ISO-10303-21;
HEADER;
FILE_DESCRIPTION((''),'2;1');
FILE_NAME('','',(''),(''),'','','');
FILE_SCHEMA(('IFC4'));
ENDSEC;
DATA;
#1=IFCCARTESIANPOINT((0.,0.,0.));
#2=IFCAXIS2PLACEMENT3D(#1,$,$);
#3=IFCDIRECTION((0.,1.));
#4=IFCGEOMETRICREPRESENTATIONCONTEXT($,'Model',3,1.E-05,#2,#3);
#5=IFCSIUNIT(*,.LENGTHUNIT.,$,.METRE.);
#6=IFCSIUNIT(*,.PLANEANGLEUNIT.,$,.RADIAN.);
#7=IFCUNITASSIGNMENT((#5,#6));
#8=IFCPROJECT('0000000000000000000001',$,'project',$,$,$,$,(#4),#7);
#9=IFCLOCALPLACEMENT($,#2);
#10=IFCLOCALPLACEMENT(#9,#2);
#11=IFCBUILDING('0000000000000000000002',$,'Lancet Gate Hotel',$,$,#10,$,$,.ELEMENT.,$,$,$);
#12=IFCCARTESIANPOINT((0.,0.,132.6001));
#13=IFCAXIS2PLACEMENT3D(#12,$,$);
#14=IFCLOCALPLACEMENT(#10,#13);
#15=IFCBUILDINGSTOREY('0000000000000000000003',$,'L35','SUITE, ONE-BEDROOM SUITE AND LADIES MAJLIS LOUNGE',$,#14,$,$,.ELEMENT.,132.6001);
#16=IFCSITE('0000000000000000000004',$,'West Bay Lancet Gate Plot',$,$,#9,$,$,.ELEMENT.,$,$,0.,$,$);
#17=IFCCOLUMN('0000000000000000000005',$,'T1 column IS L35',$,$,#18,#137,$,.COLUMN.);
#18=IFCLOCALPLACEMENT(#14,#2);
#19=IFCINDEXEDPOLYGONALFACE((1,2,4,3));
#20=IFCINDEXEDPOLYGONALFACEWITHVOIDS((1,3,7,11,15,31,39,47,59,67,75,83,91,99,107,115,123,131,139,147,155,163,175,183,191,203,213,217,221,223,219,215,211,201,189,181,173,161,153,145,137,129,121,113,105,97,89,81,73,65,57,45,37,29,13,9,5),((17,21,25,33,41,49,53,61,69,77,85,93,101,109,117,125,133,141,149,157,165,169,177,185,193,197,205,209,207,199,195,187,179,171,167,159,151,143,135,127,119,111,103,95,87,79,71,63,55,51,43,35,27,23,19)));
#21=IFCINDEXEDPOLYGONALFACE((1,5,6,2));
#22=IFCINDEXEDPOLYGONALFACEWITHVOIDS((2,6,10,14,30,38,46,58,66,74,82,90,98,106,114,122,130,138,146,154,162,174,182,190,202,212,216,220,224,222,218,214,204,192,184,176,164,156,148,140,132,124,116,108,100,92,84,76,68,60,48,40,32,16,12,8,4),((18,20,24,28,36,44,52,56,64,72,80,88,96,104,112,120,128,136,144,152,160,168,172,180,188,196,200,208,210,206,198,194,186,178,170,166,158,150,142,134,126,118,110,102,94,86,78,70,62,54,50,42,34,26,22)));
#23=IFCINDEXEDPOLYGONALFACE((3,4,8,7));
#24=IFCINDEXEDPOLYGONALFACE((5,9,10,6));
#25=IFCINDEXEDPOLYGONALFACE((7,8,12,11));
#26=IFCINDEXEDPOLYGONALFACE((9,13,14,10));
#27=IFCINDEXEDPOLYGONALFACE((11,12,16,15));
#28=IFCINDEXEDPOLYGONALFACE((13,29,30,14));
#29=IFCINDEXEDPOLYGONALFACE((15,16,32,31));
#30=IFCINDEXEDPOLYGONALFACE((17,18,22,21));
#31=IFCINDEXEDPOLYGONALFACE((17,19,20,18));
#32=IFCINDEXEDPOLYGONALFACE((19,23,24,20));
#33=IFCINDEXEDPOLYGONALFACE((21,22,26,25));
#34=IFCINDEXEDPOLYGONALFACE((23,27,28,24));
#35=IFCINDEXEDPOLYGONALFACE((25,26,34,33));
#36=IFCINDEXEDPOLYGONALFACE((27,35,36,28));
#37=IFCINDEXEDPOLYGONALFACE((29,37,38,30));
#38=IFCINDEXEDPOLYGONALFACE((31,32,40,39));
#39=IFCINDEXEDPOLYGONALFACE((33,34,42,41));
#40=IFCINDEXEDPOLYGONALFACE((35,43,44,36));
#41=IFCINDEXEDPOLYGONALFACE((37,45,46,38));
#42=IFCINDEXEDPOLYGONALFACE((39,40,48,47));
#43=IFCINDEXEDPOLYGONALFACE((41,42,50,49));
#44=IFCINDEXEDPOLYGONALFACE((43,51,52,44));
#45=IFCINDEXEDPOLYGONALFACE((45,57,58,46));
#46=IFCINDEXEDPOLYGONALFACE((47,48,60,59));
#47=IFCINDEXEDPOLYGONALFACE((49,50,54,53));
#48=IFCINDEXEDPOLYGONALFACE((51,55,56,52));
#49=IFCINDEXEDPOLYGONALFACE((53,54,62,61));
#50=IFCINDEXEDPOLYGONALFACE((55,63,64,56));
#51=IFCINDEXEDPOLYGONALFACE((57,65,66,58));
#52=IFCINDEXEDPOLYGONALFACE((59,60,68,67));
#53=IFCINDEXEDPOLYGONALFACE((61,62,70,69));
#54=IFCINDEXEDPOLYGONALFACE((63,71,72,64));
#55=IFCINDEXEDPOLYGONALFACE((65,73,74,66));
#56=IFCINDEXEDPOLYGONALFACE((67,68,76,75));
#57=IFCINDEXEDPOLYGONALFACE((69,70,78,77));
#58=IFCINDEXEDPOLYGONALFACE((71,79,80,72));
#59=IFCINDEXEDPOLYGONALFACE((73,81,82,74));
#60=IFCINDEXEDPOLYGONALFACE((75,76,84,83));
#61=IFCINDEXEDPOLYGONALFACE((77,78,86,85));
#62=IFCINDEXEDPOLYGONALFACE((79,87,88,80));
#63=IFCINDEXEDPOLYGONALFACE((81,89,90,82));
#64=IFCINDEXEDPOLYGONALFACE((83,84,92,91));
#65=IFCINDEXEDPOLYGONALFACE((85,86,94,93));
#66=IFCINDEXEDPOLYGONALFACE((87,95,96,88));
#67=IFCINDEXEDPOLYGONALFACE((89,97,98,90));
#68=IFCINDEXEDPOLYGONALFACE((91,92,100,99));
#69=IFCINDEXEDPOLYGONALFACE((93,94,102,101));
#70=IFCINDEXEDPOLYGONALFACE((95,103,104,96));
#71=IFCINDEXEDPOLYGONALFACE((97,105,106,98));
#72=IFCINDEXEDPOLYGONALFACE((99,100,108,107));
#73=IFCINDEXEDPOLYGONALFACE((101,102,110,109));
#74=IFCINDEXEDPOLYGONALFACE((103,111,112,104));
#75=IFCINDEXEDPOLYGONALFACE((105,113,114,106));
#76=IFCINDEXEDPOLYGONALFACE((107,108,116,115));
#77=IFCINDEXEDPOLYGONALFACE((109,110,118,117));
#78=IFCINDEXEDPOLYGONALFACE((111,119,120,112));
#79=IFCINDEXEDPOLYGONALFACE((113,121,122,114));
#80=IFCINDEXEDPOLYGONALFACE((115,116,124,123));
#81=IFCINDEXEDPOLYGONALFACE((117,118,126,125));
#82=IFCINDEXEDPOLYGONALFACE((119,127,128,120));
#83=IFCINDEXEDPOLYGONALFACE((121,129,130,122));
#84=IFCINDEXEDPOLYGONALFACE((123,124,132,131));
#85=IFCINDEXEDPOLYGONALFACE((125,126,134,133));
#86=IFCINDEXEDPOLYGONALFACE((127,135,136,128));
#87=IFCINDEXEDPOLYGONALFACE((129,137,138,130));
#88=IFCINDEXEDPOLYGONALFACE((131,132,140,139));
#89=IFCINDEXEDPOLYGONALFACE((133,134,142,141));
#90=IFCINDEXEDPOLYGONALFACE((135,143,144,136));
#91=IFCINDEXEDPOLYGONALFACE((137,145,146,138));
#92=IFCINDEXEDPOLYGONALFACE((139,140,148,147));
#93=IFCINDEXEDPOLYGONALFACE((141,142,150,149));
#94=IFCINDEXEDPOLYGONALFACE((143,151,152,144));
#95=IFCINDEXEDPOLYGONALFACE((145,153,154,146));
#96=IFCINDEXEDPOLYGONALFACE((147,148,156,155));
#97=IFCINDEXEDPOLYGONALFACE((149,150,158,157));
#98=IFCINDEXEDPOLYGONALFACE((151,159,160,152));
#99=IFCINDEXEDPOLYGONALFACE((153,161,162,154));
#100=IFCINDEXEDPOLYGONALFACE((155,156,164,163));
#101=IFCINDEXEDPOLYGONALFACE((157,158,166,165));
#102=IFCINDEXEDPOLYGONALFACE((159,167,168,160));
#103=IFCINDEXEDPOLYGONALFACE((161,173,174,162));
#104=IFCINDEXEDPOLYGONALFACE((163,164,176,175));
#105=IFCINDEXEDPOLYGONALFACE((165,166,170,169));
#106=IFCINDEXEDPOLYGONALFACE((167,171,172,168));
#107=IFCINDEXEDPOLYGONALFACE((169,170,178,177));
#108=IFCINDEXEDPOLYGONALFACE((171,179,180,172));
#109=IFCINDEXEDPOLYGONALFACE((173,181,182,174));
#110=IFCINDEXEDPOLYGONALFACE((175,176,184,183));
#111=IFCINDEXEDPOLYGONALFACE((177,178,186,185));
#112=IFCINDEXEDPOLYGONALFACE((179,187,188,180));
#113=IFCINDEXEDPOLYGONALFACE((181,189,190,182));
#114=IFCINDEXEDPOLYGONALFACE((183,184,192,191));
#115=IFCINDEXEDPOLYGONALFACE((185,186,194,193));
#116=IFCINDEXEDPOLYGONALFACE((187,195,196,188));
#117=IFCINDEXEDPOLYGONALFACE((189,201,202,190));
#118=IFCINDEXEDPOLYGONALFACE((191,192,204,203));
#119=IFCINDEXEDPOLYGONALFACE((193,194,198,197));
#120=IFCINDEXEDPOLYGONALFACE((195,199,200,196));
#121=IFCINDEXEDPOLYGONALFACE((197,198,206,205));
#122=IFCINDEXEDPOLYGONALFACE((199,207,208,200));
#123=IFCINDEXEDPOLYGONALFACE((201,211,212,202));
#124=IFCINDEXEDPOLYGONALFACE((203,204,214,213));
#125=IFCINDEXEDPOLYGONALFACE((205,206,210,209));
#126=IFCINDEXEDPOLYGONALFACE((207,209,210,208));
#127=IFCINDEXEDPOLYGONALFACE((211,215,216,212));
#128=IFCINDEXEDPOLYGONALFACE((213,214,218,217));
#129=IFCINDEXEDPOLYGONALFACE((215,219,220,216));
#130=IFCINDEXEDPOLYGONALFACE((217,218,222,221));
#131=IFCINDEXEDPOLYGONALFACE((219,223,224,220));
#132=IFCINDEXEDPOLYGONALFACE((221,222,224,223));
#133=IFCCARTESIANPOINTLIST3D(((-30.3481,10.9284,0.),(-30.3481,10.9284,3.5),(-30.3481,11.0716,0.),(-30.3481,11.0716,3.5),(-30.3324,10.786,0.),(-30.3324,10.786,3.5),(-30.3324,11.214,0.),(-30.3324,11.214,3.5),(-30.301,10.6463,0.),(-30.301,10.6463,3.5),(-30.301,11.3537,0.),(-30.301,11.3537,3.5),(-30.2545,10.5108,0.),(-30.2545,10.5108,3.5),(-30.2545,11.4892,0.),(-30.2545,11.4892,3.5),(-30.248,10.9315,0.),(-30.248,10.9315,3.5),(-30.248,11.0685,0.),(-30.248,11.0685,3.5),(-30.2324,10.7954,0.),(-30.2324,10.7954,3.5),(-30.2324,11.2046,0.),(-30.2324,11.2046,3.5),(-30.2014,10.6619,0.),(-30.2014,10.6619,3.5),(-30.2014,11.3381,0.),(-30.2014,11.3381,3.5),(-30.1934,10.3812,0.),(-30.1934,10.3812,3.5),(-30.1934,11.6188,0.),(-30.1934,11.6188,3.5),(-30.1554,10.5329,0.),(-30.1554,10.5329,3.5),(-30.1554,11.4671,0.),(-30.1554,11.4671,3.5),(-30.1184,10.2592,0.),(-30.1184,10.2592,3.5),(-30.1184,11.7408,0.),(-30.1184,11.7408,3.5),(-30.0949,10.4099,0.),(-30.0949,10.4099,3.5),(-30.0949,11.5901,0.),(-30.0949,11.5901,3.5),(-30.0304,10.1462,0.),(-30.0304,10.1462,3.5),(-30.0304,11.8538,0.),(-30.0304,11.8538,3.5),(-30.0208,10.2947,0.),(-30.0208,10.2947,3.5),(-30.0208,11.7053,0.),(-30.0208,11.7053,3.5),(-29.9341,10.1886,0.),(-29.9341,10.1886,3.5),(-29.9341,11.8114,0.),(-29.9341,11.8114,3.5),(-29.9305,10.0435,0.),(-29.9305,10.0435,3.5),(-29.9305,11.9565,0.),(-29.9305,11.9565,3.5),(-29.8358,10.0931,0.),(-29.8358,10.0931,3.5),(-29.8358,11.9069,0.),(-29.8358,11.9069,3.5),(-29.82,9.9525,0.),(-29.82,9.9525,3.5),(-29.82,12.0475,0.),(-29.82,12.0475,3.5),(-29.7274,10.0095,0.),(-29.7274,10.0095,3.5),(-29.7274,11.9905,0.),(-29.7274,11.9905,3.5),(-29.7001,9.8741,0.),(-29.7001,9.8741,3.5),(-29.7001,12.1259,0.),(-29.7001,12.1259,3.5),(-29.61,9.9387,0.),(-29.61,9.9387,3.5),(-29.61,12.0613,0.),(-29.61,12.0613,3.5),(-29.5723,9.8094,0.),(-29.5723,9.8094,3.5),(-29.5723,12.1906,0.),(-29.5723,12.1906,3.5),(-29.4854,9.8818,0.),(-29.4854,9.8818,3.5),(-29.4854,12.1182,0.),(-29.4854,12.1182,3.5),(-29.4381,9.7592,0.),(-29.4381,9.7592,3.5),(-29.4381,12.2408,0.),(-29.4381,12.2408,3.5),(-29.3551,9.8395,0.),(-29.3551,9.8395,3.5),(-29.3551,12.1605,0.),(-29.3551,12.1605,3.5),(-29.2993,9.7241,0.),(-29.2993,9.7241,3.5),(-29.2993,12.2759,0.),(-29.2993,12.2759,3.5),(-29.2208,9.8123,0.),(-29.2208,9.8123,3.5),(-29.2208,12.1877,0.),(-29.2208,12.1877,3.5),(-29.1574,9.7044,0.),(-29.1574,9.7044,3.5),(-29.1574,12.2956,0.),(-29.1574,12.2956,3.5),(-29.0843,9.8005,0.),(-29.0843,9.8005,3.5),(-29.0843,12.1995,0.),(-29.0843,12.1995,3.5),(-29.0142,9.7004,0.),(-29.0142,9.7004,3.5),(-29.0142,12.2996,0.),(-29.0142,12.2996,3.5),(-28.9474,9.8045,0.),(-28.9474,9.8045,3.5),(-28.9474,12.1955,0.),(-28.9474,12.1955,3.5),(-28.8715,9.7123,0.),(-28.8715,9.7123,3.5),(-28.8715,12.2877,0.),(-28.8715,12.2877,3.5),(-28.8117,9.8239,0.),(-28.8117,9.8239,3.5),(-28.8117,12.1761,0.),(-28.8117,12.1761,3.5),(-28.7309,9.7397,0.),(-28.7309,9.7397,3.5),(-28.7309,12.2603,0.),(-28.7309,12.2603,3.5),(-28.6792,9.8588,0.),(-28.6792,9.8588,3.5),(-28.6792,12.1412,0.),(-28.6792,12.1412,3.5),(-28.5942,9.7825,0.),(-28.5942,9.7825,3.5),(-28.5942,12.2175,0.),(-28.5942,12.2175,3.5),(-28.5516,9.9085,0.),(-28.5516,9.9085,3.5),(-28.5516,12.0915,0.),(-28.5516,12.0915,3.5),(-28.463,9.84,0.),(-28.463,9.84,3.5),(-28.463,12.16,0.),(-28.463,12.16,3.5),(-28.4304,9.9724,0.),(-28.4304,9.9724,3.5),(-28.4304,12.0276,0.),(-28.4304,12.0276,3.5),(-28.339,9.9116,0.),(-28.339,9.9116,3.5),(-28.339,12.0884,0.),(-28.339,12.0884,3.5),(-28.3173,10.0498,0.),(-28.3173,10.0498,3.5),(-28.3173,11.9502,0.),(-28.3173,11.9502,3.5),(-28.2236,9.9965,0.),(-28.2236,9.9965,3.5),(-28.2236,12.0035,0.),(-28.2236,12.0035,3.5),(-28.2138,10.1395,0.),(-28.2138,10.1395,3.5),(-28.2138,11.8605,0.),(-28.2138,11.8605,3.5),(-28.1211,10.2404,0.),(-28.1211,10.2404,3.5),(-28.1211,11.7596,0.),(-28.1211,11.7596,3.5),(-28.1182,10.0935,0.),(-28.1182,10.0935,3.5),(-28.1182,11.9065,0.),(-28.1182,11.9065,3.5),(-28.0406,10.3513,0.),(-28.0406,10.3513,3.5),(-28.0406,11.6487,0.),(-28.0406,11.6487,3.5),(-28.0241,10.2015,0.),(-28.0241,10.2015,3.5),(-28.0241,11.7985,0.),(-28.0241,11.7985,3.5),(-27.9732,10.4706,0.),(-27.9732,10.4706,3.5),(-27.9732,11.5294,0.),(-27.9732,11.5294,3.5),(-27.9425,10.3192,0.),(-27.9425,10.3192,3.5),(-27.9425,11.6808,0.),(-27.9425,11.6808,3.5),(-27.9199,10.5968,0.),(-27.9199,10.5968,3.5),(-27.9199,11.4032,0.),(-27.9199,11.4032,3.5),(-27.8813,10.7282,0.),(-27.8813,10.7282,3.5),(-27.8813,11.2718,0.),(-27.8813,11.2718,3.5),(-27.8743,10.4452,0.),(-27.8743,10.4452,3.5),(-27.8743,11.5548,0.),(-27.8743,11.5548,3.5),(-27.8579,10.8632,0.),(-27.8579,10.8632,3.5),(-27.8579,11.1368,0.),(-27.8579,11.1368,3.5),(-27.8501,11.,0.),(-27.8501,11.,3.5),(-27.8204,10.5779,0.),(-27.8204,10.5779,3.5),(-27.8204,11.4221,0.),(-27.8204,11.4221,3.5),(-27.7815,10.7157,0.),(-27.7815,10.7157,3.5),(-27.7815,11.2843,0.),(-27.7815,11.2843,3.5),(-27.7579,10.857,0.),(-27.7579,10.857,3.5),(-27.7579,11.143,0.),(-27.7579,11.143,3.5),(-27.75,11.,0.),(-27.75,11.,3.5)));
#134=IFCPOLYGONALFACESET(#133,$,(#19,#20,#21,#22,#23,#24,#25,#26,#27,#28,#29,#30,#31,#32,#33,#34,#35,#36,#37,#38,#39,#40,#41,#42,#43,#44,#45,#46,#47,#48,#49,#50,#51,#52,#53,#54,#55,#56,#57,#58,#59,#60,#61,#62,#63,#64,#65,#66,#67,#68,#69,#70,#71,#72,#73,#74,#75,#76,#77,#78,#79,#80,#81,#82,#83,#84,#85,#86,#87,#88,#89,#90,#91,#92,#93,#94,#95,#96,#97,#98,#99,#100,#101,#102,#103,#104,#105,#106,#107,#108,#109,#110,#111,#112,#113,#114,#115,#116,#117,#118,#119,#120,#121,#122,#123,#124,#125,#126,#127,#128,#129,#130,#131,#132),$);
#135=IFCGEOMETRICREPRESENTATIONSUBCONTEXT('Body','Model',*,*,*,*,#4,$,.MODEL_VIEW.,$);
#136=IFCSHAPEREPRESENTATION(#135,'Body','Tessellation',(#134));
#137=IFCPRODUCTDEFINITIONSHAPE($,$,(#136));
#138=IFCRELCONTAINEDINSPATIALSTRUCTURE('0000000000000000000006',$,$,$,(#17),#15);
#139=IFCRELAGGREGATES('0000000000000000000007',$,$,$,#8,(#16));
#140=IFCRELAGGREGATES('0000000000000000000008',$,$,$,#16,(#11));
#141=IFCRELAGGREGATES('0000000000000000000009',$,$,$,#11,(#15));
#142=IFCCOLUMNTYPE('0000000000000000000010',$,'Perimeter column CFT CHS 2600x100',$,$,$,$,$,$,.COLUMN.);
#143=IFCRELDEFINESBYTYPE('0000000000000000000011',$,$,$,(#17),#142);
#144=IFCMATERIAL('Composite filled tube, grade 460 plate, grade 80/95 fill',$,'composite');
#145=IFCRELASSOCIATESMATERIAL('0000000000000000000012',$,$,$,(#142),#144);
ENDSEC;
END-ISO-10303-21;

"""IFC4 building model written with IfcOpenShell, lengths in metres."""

from ifc_helpers import new_model, si_unit, direction, frame, origin, origin_2d, place, context, subcontext, project, spatial, hollow_circle, extrude, material, material_profile, profile_set, type_object, element, save


model = new_model("IFC4")

# Units and contexts
model_context = context("Model", 3, precision=1e-05, world=origin(), true_north=direction((0.0, 1.0)))
body_context = subcontext(model_context, "Body", "Model", "MODEL_VIEW")
ifc_project = project(units=[si_unit("LENGTHUNIT", "METRE"), si_unit("PLANEANGLEUNIT", "RADIAN")], contexts=[model_context])

# Site, building, storey
site_placement = place(None, origin())
site = spatial("IfcSite", under=ifc_project, at=site_placement, Name="West Bay Lancet Gate Plot", CompositionType="ELEMENT", RefElevation=0.0)
building_placement = place(site_placement, origin())
building = spatial("IfcBuilding", under=site, at=building_placement, Name="Lancet Gate Hotel", CompositionType="ELEMENT")
storey_placement = place(building_placement, frame((0.0, 0.0, 132.6001)))
storey = spatial("IfcBuildingStorey", under=building, at=storey_placement, Name="L35", Description="SUITE, ONE-BEDROOM SUITE AND LADIES MAJLIS LOUNGE", CompositionType="ELEMENT", Elevation=132.6001)

# Column
ifc_material_1 = material(Name="Composite filled tube, grade 460 plate, grade 80/95 fill", Category="composite")
ifc_material_profile_1 = material_profile(ifc_material_1, hollow_circle(Radius=1.3, WallThickness=0.1001, at=origin_2d()), Name="CHS 2600x100")
ifc_profile_set_1 = profile_set([ifc_material_profile_1], Name="Composite filled tube, grade 460 plate, grade 80/95 fill")
column_type = type_object("IfcColumnType", Name="Perimeter column CFT CHS 2600x100", PredefinedType="COLUMN", material=ifc_profile_set_1)
for number, where, z_axis, x_axis, name in (
    (1, (-29.05, 11.0, 0.0), (0.0, 0.0, 1.0), (1.0, 0.0, 0.0), "T1 column IS L35"),
):
    element("IfcColumn", number, at=place(storey_placement, frame(where, z_axis=z_axis, x_axis=x_axis)), inside=storey, type_object=column_type, Name=name, PredefinedType="COLUMN", context=body_context, shape_type="SweptSolid", body=[
        extrude(hollow_circle(Radius=1.3, WallThickness=0.1001, at=origin_2d()), origin(), (0.0, 0.0, 1.0), 3.5),
    ])

save(model, "model.ifc")
